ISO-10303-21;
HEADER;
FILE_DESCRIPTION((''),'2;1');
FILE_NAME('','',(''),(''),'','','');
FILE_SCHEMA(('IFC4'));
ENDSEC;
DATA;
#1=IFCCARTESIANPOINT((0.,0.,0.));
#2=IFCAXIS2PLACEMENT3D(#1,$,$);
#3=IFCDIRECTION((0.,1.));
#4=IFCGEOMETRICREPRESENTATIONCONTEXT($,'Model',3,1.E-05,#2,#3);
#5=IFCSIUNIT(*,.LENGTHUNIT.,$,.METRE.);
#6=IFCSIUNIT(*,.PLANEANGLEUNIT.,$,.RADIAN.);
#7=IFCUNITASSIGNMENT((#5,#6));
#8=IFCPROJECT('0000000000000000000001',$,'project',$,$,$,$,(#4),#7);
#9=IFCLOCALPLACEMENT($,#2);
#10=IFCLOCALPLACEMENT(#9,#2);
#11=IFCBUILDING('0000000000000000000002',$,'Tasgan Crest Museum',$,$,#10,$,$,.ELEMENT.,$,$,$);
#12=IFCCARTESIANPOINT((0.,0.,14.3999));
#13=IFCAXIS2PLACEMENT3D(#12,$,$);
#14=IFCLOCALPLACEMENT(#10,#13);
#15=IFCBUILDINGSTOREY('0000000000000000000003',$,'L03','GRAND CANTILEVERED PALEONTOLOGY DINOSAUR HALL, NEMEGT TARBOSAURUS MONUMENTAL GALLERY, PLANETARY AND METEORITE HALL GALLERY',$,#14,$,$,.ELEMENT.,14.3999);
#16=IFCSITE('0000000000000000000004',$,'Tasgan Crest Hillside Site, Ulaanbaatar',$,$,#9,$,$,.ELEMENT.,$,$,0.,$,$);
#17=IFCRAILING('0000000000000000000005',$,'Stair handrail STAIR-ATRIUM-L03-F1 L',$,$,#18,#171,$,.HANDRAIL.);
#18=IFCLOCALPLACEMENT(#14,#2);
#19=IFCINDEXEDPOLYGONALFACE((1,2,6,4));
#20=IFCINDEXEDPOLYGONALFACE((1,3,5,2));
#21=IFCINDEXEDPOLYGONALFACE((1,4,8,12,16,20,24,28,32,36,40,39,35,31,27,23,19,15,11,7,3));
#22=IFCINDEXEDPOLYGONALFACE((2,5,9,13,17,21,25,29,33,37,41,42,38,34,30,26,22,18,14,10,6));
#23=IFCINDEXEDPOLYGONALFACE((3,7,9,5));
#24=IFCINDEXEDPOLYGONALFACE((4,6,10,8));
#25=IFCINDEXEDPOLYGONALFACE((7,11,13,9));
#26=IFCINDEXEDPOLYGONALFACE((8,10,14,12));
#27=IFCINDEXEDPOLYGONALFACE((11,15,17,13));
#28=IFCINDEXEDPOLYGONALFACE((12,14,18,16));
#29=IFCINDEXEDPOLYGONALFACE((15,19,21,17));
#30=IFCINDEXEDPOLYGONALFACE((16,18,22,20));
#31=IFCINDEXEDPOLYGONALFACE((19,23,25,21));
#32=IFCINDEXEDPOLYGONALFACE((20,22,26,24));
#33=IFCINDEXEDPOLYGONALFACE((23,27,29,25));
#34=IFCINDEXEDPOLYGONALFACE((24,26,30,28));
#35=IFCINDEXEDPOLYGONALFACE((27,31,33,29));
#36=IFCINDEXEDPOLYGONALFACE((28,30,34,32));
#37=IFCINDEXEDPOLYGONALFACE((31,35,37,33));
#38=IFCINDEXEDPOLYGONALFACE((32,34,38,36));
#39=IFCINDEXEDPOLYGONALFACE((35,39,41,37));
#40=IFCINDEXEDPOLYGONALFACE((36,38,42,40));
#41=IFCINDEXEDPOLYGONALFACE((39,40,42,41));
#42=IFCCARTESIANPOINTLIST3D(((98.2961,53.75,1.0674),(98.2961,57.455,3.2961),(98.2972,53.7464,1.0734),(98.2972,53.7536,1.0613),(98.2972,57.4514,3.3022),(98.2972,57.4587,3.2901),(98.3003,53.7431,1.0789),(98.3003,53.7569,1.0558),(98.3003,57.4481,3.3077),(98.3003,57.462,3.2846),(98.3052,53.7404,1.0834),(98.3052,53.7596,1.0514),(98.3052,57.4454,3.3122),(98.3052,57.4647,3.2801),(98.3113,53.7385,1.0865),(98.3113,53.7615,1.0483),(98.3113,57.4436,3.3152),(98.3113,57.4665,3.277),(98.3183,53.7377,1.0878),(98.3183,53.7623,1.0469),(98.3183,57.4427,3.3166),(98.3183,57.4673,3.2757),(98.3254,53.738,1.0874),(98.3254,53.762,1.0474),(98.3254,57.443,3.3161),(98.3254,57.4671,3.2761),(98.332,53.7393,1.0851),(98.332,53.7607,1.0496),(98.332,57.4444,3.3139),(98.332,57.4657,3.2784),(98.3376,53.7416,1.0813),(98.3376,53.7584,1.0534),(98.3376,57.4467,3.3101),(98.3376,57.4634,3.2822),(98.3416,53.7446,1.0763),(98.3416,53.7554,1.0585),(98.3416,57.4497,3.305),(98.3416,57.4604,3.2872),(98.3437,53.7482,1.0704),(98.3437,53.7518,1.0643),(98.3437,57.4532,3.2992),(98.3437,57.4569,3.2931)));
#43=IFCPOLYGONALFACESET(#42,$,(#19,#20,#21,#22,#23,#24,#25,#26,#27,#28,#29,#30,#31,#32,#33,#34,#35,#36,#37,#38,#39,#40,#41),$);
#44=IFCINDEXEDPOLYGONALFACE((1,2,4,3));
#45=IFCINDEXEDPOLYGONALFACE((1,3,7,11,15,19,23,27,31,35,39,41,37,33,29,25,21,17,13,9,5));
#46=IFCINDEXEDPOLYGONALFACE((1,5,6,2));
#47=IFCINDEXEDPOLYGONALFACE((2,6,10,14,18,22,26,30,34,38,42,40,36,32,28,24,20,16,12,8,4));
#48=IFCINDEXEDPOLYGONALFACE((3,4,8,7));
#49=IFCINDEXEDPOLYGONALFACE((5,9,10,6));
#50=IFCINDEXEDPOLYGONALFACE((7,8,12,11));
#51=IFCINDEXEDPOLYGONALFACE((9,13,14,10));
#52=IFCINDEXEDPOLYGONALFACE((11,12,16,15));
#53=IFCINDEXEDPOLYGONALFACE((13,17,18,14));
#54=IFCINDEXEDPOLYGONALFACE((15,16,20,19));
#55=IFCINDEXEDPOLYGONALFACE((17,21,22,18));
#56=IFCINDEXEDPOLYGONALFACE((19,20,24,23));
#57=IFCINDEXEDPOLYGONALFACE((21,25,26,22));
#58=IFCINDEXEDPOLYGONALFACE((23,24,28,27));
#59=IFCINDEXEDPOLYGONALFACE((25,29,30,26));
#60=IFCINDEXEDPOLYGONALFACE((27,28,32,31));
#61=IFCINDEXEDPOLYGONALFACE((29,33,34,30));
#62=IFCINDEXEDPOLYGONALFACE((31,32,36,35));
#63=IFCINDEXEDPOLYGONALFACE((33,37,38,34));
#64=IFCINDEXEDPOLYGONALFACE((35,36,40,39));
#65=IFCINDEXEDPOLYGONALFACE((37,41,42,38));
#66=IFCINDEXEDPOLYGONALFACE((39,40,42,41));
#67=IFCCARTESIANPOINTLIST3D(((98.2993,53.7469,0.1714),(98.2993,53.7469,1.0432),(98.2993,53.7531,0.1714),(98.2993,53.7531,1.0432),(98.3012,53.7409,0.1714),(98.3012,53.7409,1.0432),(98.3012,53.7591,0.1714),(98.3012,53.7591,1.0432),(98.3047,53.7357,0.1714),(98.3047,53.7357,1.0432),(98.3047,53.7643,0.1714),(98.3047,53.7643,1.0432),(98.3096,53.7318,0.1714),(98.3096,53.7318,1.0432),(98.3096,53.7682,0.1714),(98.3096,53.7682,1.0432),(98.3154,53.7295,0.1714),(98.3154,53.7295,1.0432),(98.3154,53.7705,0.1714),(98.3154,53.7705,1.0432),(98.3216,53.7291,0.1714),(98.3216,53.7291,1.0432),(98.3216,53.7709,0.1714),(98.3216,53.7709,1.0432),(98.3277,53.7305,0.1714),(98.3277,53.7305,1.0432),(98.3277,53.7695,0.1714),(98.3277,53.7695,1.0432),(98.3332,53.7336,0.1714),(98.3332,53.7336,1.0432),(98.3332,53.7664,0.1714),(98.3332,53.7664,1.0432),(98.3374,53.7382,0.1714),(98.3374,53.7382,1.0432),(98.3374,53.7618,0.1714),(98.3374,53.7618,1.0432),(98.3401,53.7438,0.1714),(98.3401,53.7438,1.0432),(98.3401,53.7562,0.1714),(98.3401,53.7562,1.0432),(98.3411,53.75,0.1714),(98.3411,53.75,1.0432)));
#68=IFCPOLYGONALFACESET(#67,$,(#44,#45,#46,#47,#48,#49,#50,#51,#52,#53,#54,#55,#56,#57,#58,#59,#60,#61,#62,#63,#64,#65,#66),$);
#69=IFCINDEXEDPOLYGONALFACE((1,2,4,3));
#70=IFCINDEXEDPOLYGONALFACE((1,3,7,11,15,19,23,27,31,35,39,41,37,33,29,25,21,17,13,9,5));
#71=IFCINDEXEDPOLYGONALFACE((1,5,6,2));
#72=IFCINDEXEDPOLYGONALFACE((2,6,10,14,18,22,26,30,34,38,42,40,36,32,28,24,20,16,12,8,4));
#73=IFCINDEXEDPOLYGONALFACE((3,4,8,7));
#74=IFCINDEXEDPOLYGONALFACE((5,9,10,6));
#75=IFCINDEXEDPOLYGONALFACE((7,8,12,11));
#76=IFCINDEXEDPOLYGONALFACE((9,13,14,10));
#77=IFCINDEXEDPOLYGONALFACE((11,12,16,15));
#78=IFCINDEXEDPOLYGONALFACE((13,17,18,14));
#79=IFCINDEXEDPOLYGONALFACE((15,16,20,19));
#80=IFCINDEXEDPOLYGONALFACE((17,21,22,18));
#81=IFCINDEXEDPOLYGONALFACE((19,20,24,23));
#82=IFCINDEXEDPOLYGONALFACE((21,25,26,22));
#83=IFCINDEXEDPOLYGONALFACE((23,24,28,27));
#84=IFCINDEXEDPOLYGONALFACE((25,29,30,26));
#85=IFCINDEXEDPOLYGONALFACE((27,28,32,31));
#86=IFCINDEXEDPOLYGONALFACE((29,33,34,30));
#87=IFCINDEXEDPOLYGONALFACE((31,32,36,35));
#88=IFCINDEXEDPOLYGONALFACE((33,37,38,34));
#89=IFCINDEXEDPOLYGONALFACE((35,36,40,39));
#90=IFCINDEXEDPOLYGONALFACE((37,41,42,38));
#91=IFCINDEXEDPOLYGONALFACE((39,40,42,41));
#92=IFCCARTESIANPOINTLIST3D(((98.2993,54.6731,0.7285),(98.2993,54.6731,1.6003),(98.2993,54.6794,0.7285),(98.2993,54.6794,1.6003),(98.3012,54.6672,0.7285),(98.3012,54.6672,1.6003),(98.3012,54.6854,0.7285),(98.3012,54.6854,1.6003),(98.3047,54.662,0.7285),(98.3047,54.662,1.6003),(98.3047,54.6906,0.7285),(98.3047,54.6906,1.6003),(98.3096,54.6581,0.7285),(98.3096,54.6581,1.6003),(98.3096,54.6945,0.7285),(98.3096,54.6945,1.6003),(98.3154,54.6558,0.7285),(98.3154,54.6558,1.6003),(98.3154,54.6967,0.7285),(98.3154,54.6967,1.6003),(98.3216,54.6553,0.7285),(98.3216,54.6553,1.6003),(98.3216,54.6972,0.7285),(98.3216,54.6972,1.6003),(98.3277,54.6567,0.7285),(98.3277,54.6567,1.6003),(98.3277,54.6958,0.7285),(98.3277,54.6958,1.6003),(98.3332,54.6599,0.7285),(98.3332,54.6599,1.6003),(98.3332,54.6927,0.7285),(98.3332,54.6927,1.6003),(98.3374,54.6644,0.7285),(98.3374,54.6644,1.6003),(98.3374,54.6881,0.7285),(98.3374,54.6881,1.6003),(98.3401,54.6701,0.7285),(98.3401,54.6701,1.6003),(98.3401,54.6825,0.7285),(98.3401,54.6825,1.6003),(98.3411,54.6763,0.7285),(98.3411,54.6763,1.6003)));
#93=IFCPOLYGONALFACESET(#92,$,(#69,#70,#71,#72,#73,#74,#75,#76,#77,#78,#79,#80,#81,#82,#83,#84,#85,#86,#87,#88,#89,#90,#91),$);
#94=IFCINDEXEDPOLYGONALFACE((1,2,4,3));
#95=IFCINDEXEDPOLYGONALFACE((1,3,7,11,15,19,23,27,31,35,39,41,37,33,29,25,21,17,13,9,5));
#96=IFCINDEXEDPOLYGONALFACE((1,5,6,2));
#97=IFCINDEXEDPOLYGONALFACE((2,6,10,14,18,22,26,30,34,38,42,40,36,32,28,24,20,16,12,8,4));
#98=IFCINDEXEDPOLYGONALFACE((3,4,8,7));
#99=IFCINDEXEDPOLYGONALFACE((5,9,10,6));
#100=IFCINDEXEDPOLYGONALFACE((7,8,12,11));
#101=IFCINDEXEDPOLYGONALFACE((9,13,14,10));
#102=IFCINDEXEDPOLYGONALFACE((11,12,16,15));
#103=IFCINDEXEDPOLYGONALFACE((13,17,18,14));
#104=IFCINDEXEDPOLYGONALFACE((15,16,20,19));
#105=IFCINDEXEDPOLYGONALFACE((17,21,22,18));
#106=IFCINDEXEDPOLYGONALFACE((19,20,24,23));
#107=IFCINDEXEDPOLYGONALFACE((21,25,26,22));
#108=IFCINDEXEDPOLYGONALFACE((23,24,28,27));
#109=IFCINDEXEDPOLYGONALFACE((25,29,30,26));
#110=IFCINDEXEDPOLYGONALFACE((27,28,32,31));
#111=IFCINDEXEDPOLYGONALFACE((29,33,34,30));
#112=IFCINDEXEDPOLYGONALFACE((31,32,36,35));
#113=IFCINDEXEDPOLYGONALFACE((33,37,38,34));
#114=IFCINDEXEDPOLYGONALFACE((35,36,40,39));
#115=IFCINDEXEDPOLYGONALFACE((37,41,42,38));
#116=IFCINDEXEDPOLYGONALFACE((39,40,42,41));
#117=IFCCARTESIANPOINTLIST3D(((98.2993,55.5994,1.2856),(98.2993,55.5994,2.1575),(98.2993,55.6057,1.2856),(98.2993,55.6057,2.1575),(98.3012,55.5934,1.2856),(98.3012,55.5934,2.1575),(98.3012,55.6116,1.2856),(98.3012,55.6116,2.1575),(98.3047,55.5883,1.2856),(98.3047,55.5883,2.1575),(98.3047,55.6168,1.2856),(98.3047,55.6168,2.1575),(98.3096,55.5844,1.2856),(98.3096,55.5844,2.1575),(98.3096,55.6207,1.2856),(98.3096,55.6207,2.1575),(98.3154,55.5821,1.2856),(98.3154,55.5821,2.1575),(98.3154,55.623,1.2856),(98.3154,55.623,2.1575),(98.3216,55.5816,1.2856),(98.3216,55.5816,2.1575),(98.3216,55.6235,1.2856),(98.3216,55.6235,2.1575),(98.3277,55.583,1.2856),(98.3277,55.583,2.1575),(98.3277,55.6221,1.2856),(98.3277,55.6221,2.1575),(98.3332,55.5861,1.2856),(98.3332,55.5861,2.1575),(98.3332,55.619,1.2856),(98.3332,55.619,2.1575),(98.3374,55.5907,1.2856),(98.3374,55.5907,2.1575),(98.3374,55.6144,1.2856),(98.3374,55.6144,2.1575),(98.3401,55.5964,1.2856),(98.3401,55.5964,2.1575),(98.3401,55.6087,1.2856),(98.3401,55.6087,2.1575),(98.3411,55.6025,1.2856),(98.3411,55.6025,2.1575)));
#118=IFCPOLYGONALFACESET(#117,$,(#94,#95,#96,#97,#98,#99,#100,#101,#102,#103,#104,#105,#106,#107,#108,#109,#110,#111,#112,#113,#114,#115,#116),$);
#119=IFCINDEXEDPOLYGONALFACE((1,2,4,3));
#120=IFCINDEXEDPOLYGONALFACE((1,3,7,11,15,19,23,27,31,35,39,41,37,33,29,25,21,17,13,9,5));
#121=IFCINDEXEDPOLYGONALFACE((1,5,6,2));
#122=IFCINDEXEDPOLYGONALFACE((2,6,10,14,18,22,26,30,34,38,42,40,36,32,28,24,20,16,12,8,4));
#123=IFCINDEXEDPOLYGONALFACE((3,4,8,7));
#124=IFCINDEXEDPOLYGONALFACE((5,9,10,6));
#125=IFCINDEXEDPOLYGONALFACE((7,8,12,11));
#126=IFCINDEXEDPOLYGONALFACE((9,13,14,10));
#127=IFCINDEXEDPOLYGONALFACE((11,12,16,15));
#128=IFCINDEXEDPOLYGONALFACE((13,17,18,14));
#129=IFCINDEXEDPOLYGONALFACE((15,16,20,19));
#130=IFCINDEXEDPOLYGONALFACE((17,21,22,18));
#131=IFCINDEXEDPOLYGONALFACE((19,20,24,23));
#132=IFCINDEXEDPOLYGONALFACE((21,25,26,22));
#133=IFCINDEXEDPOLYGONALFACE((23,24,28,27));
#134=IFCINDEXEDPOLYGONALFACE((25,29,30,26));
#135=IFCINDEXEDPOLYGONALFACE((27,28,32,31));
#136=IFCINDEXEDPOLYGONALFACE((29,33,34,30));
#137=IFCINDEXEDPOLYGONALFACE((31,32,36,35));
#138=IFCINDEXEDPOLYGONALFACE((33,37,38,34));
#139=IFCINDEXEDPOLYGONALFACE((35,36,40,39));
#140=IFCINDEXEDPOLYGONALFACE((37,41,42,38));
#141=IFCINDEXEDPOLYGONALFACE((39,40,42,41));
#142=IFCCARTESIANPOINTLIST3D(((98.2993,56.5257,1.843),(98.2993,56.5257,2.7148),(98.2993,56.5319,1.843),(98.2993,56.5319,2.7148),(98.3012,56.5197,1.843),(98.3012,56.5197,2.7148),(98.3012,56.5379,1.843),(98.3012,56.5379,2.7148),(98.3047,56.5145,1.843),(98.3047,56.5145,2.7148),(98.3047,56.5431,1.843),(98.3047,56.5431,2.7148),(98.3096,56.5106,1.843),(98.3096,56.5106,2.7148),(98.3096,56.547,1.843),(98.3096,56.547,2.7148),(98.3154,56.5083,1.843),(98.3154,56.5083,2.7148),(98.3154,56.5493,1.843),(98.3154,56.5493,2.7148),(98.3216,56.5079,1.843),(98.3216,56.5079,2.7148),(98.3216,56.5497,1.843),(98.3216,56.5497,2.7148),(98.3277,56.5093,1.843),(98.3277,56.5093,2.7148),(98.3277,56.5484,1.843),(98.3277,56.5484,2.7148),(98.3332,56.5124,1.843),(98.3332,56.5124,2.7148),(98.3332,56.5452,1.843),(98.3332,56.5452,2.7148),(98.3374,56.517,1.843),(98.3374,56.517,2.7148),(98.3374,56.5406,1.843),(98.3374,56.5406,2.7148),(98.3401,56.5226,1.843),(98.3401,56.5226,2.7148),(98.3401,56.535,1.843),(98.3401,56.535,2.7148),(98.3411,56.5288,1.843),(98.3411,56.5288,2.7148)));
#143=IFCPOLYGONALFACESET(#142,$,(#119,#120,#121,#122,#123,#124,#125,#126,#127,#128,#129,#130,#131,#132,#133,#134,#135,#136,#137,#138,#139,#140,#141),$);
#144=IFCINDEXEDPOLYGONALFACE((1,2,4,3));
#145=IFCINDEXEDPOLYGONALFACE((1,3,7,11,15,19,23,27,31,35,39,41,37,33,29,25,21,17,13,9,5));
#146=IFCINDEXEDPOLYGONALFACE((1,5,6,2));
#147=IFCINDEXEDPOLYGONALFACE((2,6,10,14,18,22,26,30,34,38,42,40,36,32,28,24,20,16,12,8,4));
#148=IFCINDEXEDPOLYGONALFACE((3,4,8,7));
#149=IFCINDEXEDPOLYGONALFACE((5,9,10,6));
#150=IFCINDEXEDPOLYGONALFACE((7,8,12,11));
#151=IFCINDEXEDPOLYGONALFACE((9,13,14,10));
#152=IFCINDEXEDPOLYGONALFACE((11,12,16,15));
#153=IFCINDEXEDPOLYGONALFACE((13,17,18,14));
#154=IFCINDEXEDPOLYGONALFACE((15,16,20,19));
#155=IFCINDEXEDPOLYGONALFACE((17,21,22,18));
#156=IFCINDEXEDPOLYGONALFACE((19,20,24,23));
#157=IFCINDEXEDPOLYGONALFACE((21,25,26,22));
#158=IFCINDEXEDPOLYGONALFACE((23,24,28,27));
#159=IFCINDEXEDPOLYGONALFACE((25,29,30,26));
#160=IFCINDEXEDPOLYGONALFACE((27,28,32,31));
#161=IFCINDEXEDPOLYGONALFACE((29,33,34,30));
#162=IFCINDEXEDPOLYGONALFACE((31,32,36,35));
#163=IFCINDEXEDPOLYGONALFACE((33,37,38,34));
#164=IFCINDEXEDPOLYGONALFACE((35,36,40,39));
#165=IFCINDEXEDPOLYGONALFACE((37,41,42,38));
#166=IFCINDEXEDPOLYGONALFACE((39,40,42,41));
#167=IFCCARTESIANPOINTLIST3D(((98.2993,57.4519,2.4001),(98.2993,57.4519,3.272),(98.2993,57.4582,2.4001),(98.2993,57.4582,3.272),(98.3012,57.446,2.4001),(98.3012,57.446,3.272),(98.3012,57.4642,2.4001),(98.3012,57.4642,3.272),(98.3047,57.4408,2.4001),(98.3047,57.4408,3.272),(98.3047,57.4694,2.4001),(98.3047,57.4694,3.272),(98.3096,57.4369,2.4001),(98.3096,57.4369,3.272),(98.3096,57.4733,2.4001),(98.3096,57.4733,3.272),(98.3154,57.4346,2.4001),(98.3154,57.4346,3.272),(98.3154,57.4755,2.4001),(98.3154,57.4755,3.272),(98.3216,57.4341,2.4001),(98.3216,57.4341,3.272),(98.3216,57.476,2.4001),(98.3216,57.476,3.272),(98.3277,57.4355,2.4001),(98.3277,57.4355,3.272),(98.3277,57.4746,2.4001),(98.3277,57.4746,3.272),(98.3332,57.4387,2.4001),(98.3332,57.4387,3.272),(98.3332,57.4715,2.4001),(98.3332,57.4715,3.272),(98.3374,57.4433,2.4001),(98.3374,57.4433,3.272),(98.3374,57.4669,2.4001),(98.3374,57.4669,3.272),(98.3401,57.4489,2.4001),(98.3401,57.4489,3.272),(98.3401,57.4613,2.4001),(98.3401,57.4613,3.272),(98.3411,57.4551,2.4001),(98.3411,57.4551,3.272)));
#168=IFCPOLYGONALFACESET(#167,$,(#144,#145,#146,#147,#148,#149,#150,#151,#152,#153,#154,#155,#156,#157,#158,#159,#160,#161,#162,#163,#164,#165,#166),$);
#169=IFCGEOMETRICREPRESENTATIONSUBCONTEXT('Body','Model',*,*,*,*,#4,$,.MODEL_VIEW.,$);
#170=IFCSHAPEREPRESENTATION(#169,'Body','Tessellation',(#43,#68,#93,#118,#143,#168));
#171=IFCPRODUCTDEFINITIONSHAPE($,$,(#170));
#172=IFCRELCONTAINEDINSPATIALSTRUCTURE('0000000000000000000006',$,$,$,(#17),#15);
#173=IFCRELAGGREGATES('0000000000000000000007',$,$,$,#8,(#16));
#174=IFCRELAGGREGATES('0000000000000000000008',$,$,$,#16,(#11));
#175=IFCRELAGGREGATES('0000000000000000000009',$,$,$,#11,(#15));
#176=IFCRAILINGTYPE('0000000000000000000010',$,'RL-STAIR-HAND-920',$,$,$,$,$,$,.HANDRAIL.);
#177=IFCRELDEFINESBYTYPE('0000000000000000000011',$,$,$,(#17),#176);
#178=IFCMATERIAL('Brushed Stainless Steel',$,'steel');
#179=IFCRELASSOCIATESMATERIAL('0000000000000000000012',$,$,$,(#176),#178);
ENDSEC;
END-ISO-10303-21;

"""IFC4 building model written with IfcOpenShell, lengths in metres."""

from ifc_helpers import new_model, si_unit, direction, frame, origin, origin_2d, place, context, subcontext, project, spatial, circle, extrude, material, type_object, element, save


model = new_model("IFC4")

# Units and contexts
model_context = context("Model", 3, precision=1e-05, world=origin(), true_north=direction((0.0, 1.0)))
body_context = subcontext(model_context, "Body", "Model", "MODEL_VIEW")
ifc_project = project(units=[si_unit("LENGTHUNIT", "METRE"), si_unit("PLANEANGLEUNIT", "RADIAN")], contexts=[model_context])

# Site, building, storey
site_placement = place(None, origin())
site = spatial("IfcSite", under=ifc_project, at=site_placement, Name="Tasgan Crest Hillside Site, Ulaanbaatar", CompositionType="ELEMENT", RefElevation=0.0)
building_placement = place(site_placement, origin())
building = spatial("IfcBuilding", under=site, at=building_placement, Name="Tasgan Crest Museum", CompositionType="ELEMENT")
storey_placement = place(building_placement, frame((0.0, 0.0, 14.3999)))
storey = spatial("IfcBuildingStorey", under=building, at=storey_placement, Name="L03", Description="GRAND CANTILEVERED PALEONTOLOGY DINOSAUR HALL, NEMEGT TARBOSAURUS MONUMENTAL GALLERY, PLANETARY AND METEORITE HALL GALLERY", CompositionType="ELEMENT", Elevation=14.3999)

# Railing
ifc_material_1 = material(Name="Brushed Stainless Steel", Category="steel")
railing_type_1 = type_object("IfcRailingType", Name="RL-STAIR-HAND-920", PredefinedType="HANDRAIL", material=ifc_material_1)
for number, where, name in (
    (1, (98.3201, 53.75, 0.1714), "Stair handrail STAIR-ATRIUM-L03-F1 L"),
):
    element("IfcRailing", number, at=place(storey_placement, frame(where)), inside=storey, type_object=railing_type_1, Name=name, PredefinedType="HANDRAIL", context=body_context, shape_type="SweptSolid", body=[
        extrude(circle(Radius=0.0239, at=origin_2d()), frame((0.0, 0.0, 0.896), z_axis=(0.0, 0.856909, 0.515467), x_axis=(-1.0, 0.0, 0.0)), (0.0, 0.0, 1.0), 4.3237),
        extrude(circle(Radius=0.021, at=origin_2d()), origin(), (0.0, 0.0, 1.0), 0.8718),
        extrude(circle(Radius=0.021, at=origin_2d()), frame((0.0, 0.9263, 0.5571)), (0.0, 0.0, 1.0), 0.8718),
        extrude(circle(Radius=0.021, at=origin_2d()), frame((0.0, 1.8525, 1.1143)), (0.0, 0.0, 1.0), 0.8718),
        extrude(circle(Radius=0.021, at=origin_2d()), frame((0.0, 2.7788, 1.6716)), (0.0, 0.0, 1.0), 0.8718),
        extrude(circle(Radius=0.021, at=origin_2d()), frame((0.0, 3.7051, 2.2288)), (0.0, 0.0, 1.0), 0.8718),
    ])

save(model, "model.ifc")
